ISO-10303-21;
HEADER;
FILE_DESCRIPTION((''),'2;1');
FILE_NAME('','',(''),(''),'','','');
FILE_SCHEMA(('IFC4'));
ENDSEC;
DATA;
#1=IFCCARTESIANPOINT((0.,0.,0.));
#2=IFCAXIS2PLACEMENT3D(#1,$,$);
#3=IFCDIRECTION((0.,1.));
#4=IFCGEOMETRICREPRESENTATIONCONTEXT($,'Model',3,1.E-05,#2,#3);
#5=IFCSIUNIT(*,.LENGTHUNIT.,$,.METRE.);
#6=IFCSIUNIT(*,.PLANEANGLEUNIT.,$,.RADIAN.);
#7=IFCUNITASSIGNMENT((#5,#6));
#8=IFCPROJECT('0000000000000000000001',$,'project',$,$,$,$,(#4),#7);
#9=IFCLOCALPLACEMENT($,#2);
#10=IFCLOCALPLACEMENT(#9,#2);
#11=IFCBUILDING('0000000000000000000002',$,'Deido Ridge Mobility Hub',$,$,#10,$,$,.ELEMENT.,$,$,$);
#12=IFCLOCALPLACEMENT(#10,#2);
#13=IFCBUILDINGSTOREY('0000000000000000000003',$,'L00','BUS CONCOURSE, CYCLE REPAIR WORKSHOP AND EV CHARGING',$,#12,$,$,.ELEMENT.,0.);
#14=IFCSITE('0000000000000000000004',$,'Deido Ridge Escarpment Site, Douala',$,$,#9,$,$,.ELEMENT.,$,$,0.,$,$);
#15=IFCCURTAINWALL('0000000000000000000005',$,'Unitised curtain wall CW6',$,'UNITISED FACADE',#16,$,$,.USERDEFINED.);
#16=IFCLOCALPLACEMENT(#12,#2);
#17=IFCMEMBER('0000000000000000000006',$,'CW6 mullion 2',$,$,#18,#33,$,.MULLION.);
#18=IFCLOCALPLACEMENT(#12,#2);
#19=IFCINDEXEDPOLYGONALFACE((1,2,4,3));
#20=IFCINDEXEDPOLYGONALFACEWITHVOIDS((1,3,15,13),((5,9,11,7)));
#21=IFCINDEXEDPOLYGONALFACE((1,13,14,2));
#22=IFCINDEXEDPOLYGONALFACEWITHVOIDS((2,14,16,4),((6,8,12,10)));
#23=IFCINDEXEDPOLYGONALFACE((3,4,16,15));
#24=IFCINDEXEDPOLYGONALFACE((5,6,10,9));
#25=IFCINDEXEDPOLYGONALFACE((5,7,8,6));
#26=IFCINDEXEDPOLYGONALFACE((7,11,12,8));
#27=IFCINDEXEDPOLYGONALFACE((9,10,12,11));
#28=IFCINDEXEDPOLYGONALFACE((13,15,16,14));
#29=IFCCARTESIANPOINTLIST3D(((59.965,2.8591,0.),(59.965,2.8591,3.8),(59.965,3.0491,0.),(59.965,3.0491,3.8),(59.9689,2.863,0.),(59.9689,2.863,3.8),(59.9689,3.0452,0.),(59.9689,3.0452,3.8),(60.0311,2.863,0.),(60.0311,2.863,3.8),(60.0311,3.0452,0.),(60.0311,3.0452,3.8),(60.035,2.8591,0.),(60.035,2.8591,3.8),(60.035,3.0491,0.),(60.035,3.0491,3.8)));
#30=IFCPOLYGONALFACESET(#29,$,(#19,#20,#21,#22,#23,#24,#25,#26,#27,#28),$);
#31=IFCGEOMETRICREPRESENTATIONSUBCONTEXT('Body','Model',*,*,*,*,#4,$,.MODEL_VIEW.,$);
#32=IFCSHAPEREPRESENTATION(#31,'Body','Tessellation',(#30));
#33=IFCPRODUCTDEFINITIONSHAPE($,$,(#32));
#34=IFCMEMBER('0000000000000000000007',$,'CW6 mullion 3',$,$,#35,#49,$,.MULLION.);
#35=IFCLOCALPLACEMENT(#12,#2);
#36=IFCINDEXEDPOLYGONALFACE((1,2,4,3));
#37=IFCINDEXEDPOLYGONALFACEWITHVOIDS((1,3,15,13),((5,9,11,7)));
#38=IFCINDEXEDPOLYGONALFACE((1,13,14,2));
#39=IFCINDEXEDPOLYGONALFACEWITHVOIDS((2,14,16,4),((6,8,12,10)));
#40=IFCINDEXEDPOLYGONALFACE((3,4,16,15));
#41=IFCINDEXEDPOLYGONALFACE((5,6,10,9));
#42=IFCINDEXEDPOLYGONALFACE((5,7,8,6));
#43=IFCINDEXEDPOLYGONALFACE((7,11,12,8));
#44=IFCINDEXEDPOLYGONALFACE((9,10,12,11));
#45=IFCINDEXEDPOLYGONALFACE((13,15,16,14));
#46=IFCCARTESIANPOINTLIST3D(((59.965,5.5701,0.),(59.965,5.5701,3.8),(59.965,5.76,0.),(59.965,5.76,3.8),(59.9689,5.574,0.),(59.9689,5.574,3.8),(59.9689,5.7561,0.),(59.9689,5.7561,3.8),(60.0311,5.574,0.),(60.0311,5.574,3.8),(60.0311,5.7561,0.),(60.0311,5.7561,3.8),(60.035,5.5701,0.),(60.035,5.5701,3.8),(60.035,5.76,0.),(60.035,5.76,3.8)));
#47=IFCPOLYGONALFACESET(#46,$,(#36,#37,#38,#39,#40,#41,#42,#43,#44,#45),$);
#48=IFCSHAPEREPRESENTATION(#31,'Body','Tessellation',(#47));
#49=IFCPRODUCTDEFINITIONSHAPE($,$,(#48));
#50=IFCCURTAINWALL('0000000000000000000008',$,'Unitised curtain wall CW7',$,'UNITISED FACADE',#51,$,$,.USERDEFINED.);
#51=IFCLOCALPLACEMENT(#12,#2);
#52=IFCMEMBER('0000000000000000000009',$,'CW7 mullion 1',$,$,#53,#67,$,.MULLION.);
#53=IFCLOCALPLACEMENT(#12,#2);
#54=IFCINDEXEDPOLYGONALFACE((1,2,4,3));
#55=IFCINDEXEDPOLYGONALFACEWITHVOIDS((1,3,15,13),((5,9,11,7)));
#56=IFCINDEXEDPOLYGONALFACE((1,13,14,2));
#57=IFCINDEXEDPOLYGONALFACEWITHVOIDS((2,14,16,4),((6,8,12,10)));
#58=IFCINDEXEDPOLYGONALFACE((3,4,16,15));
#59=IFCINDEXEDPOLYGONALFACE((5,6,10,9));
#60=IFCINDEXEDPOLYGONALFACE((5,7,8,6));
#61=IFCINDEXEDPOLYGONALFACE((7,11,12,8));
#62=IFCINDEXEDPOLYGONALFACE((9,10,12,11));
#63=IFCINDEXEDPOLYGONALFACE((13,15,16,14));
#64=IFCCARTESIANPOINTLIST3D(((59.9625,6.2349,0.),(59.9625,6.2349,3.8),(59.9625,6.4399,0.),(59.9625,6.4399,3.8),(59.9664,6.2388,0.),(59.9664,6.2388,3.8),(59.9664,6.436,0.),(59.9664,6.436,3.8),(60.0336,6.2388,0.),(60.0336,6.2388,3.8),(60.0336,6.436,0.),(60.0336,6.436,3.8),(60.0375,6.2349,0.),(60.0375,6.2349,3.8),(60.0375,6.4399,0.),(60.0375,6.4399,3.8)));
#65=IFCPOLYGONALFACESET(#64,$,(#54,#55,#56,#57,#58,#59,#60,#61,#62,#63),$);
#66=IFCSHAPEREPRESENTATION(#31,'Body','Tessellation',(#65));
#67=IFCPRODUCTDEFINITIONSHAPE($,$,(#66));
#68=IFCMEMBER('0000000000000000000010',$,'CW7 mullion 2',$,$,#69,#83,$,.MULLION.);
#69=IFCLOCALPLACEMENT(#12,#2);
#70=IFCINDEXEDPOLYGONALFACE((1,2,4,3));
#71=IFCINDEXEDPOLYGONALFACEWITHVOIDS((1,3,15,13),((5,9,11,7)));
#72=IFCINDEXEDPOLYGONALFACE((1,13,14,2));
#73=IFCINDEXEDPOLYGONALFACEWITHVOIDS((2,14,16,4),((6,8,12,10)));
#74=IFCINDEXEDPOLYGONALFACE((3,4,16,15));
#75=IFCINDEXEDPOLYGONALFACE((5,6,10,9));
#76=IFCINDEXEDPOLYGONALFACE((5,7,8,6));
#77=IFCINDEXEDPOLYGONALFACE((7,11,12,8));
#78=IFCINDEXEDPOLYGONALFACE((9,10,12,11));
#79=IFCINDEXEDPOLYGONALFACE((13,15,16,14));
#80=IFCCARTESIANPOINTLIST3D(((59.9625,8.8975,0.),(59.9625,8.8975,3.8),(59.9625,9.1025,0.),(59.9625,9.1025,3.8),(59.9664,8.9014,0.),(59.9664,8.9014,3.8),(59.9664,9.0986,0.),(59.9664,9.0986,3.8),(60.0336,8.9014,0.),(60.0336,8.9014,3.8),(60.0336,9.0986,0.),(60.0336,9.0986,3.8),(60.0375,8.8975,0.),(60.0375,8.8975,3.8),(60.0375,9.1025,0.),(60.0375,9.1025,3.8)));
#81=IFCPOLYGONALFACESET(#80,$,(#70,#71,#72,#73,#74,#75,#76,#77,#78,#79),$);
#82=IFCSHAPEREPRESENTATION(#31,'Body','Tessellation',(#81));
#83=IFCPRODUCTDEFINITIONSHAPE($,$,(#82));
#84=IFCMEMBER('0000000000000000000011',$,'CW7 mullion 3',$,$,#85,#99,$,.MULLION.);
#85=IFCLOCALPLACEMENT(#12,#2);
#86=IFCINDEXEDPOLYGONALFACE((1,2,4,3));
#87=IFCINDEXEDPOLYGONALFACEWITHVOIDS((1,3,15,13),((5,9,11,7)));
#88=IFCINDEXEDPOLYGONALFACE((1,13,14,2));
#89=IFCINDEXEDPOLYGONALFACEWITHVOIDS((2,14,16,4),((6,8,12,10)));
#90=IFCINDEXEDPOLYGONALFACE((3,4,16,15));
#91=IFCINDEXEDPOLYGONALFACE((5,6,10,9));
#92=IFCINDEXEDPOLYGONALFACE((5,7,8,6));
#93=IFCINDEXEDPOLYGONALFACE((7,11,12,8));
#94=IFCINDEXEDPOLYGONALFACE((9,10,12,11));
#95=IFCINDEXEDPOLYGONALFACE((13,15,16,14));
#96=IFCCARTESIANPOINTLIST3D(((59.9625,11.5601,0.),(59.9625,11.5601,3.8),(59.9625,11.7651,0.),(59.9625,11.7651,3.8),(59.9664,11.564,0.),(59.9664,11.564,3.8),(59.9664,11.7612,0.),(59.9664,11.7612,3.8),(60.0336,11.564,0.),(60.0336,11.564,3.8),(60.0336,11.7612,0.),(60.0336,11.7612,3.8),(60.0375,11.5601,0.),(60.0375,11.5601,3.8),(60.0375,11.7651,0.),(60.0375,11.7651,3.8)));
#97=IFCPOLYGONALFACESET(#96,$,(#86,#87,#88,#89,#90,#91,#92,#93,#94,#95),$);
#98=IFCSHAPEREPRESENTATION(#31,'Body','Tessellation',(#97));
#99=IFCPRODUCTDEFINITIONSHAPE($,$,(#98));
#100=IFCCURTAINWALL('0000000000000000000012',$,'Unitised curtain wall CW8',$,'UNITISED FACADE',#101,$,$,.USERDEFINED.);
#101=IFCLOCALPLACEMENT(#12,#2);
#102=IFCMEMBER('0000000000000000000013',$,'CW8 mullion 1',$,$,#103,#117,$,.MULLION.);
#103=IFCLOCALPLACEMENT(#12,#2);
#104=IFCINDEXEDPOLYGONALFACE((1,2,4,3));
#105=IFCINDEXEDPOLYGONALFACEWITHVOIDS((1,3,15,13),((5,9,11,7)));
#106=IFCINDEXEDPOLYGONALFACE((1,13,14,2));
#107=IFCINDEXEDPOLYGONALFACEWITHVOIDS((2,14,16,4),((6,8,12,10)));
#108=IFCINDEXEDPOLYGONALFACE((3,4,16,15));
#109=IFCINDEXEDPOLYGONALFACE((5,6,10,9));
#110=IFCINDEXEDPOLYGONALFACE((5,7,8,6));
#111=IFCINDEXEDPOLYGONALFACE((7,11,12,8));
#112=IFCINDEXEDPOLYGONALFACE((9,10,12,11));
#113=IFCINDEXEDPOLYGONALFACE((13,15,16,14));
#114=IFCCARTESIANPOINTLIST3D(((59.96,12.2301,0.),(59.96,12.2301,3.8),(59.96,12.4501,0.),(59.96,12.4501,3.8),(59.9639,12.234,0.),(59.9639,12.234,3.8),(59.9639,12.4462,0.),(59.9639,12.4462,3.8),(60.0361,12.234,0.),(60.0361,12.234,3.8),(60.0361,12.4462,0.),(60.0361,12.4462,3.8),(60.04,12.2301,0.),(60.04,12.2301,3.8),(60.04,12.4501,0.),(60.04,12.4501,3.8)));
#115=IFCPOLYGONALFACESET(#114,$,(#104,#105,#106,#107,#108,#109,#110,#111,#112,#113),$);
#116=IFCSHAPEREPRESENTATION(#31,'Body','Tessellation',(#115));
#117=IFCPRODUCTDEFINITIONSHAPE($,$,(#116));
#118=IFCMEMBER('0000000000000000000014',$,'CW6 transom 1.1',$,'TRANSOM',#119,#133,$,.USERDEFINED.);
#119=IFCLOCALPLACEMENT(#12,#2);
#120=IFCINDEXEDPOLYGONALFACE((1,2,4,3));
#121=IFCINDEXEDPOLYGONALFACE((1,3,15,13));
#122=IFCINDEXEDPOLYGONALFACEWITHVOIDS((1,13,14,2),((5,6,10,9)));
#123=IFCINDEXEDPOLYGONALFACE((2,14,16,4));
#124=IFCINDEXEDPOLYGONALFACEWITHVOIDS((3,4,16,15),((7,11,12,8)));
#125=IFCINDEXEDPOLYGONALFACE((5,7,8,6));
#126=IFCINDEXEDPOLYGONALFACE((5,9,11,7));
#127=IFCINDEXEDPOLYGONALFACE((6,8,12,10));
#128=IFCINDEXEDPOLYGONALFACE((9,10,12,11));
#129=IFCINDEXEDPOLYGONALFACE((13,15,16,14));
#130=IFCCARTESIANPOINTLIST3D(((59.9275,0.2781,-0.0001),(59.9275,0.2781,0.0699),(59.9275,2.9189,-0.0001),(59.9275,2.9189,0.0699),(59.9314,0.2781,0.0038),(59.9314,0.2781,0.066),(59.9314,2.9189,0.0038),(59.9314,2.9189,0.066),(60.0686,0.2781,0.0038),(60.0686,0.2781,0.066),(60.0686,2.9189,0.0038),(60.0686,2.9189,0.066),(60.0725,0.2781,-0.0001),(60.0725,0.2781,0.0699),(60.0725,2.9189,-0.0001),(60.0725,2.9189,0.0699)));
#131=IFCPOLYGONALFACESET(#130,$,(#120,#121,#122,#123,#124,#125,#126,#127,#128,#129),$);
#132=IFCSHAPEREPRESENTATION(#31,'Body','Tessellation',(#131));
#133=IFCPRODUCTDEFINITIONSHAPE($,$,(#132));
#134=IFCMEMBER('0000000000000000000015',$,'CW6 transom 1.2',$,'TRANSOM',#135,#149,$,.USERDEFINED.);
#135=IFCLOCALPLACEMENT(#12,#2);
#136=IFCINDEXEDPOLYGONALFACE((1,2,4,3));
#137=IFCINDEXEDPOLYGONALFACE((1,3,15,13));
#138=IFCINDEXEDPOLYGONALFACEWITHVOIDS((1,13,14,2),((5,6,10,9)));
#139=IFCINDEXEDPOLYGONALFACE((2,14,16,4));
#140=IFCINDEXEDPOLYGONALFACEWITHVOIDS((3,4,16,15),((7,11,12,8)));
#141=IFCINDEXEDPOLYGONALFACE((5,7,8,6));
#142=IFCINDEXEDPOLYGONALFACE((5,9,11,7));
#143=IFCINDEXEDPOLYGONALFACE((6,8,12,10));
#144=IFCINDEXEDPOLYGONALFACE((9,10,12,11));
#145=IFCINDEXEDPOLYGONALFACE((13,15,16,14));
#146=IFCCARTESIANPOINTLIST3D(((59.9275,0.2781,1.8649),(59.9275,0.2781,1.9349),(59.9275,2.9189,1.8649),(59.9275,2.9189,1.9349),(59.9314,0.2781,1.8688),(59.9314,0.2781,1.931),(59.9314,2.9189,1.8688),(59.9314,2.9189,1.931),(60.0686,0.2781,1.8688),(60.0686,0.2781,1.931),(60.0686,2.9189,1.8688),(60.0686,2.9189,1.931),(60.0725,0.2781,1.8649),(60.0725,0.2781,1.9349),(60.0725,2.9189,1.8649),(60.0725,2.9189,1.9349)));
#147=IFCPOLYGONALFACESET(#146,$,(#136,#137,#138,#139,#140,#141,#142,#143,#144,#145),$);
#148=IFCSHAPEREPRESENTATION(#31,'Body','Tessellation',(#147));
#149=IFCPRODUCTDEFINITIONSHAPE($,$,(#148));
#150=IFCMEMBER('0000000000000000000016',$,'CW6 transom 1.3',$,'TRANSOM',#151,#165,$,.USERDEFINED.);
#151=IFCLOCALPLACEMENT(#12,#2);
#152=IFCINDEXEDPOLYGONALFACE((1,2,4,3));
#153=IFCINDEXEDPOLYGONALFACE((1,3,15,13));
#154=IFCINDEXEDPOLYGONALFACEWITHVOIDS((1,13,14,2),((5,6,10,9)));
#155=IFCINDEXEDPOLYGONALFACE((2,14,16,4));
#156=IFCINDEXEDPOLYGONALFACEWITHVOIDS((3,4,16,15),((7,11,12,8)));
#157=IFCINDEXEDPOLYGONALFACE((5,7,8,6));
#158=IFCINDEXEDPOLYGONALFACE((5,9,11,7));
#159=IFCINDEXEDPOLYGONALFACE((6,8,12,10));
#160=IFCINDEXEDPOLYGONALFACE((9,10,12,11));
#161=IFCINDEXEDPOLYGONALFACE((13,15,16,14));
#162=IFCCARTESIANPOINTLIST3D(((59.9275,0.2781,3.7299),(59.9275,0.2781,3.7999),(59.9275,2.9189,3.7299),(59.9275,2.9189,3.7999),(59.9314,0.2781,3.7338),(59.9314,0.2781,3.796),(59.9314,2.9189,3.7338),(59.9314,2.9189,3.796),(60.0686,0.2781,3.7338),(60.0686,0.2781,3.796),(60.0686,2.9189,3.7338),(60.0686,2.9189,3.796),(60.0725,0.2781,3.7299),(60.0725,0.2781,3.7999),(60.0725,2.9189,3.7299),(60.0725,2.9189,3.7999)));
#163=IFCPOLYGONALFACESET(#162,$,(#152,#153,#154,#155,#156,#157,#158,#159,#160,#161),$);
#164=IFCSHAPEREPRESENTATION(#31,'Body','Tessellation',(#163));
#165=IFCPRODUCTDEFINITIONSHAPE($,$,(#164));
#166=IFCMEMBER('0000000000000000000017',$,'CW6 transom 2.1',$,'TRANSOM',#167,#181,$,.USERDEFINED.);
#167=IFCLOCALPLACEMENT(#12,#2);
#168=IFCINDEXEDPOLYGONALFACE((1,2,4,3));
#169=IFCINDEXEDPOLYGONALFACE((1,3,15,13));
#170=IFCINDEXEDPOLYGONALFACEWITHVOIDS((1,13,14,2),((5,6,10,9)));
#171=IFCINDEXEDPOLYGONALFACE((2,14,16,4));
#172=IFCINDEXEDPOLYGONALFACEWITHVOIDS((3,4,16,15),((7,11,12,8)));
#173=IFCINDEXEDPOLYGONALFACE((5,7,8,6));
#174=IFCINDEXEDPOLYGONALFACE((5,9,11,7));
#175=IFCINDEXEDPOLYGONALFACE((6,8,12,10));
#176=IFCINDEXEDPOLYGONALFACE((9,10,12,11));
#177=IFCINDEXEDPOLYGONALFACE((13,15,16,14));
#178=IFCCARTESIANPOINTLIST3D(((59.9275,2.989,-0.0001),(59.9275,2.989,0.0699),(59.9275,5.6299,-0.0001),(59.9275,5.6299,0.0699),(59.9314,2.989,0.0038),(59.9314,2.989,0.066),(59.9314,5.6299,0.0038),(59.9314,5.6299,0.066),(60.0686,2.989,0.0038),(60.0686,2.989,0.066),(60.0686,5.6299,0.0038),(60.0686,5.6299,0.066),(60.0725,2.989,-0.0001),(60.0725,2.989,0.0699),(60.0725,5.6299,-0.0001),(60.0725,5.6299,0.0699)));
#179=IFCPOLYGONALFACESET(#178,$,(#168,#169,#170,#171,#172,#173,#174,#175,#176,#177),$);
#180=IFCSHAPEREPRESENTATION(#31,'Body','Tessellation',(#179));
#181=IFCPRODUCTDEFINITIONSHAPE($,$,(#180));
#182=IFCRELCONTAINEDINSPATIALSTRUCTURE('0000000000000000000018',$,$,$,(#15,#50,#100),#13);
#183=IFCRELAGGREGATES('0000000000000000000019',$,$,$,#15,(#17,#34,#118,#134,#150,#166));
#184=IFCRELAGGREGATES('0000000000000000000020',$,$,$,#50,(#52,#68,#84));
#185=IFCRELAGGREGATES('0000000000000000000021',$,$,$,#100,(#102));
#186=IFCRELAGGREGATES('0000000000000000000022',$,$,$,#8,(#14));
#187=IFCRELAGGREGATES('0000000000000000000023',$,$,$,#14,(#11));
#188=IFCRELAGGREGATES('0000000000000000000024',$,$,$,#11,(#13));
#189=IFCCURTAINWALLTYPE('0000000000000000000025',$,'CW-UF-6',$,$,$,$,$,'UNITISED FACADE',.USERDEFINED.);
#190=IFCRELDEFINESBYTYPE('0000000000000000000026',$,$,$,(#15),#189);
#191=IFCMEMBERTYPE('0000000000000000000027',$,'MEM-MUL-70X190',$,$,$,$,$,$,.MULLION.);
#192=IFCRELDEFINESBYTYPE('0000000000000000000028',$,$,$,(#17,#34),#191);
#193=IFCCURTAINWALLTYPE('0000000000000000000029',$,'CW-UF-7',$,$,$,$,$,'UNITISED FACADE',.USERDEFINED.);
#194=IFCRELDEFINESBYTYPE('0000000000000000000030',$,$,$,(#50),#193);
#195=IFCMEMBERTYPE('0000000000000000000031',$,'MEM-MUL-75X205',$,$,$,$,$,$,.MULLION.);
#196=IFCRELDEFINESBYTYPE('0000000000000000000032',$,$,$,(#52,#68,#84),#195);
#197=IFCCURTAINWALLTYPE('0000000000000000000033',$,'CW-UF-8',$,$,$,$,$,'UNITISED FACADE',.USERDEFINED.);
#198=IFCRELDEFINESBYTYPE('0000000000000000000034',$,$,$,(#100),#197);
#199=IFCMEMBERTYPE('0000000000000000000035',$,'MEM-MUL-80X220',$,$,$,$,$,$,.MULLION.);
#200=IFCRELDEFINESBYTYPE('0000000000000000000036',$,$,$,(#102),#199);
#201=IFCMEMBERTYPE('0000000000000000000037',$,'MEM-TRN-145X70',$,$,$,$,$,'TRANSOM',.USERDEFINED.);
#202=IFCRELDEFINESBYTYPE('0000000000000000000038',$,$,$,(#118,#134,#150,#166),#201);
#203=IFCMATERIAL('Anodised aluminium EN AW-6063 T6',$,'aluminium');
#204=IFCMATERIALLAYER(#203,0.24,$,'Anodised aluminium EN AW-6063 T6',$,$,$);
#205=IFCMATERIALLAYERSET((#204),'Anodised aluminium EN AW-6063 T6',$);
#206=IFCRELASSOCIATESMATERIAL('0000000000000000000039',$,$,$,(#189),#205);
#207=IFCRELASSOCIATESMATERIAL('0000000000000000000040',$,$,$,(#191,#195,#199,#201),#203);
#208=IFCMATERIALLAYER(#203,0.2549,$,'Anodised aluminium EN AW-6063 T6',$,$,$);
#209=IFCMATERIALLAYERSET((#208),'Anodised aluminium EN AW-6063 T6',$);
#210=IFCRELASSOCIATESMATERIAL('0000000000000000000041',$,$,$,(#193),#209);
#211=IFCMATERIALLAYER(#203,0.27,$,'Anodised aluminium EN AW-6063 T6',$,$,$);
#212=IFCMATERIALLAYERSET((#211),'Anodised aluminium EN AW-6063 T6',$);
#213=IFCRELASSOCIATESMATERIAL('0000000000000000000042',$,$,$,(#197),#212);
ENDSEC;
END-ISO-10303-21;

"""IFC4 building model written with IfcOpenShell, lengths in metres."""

from ifc_helpers import new_model, si_unit, direction, frame, origin, origin_2d, place, context, subcontext, project, spatial, hollow_rectangle, extrude, material, layer, layer_set, material_profile, profile_set, type_object, element, aggregate, save


model = new_model("IFC4")

# Units and contexts
model_context = context("Model", 3, precision=1e-05, world=origin(), true_north=direction((0.0, 1.0)))
body_context = subcontext(model_context, "Body", "Model", "MODEL_VIEW")
ifc_project = project(units=[si_unit("LENGTHUNIT", "METRE"), si_unit("PLANEANGLEUNIT", "RADIAN")], contexts=[model_context])

# Site, building, storey
site_placement = place(None, origin())
site = spatial("IfcSite", under=ifc_project, at=site_placement, Name="Deido Ridge Escarpment Site, Douala", CompositionType="ELEMENT", RefElevation=0.0)
building_placement = place(site_placement, origin())
building = spatial("IfcBuilding", under=site, at=building_placement, Name="Deido Ridge Mobility Hub", CompositionType="ELEMENT")
storey_placement = place(building_placement, origin())
storey = spatial("IfcBuildingStorey", under=building, at=storey_placement, Name="L00", Description="BUS CONCOURSE, CYCLE REPAIR WORKSHOP AND EV CHARGING", CompositionType="ELEMENT", Elevation=0.0)

# Shared definitions
ifc_material_1 = material(Name="Anodised aluminium EN AW-6063 T6", Category="aluminium")

# Curtain walls, members
ifc_layer_1 = layer(ifc_material_1, 0.24, Name="Anodised aluminium EN AW-6063 T6")
ifc_layer_set_1 = layer_set([ifc_layer_1], Name="Anodised aluminium EN AW-6063 T6")
curtain_wall_type_1 = type_object("IfcCurtainWallType", Name="CW-UF-6", ElementType="UNITISED FACADE", PredefinedType="USERDEFINED", material=ifc_layer_set_1)
curtain_wall_1_placement = place(storey_placement, origin())
curtain_wall_1 = element("IfcCurtainWall", 1, at=curtain_wall_1_placement, inside=storey, type_object=curtain_wall_type_1, Name="Unitised curtain wall CW6", ObjectType="UNITISED FACADE", PredefinedType="USERDEFINED")
ifc_material_profile_1 = material_profile(ifc_material_1, hollow_rectangle(XDim=0.0701, YDim=0.1899, WallThickness=0.0039, at=origin_2d()), Name="RHS 70x190x4")
ifc_profile_set_1 = profile_set([ifc_material_profile_1], Name="Anodised aluminium EN AW-6063 T6")
member_type_1 = type_object("IfcMemberType", Name="MEM-MUL-70X190", PredefinedType="MULLION", material=ifc_profile_set_1)
member_1_placement = place(storey_placement, frame((60.0, 2.9541, 0.0), z_axis=(0.0, 0.0, 1.0), x_axis=(-1.0, 0.0, 0.0)))
member_1 = element("IfcMember", 2, at=member_1_placement, type_object=member_type_1, Name="CW6 mullion 2", PredefinedType="MULLION", context=body_context, shape_type="SweptSolid", body=[
    extrude(hollow_rectangle(XDim=0.0701, YDim=0.1899, WallThickness=0.0039, at=origin_2d()), origin(), (0.0, 0.0, 1.0), 3.8),
])
member_2_placement = place(storey_placement, frame((60.0, 5.665, 0.0), z_axis=(0.0, 0.0, 1.0), x_axis=(-1.0, 0.0, 0.0)))
member_2 = element("IfcMember", 3, at=member_2_placement, type_object=member_type_1, Name="CW6 mullion 3", PredefinedType="MULLION", context=body_context, shape_type="SweptSolid", body=[
    extrude(hollow_rectangle(XDim=0.0701, YDim=0.1899, WallThickness=0.0039, at=origin_2d()), origin(), (0.0, 0.0, 1.0), 3.8),
])
ifc_layer_2 = layer(ifc_material_1, 0.2549, Name="Anodised aluminium EN AW-6063 T6")
ifc_layer_set_2 = layer_set([ifc_layer_2], Name="Anodised aluminium EN AW-6063 T6")
curtain_wall_type_2 = type_object("IfcCurtainWallType", Name="CW-UF-7", ElementType="UNITISED FACADE", PredefinedType="USERDEFINED", material=ifc_layer_set_2)
curtain_wall_2_placement = place(storey_placement, origin())
curtain_wall_2 = element("IfcCurtainWall", 4, at=curtain_wall_2_placement, inside=storey, type_object=curtain_wall_type_2, Name="Unitised curtain wall CW7", ObjectType="UNITISED FACADE", PredefinedType="USERDEFINED")
ifc_material_profile_2 = material_profile(ifc_material_1, hollow_rectangle(XDim=0.075, YDim=0.2051, WallThickness=0.0039, at=origin_2d()), Name="RHS 75x205x4")
ifc_profile_set_2 = profile_set([ifc_material_profile_2], Name="Anodised aluminium EN AW-6063 T6")
member_type_2 = type_object("IfcMemberType", Name="MEM-MUL-75X205", PredefinedType="MULLION", material=ifc_profile_set_2)
member_3_placement = place(storey_placement, frame((60.0, 6.3374, 0.0), z_axis=(0.0, 0.0, 1.0), x_axis=(-1.0, 0.0, 0.0)))
member_3 = element("IfcMember", 5, at=member_3_placement, type_object=member_type_2, Name="CW7 mullion 1", PredefinedType="MULLION", context=body_context, shape_type="SweptSolid", body=[
    extrude(hollow_rectangle(XDim=0.075, YDim=0.2051, WallThickness=0.0039, at=origin_2d()), origin(), (0.0, 0.0, 1.0), 3.8),
])
member_4_placement = place(storey_placement, frame((60.0, 9.0, 0.0), z_axis=(0.0, 0.0, 1.0), x_axis=(-1.0, 0.0, 0.0)))
member_4 = element("IfcMember", 6, at=member_4_placement, type_object=member_type_2, Name="CW7 mullion 2", PredefinedType="MULLION", context=body_context, shape_type="SweptSolid", body=[
    extrude(hollow_rectangle(XDim=0.075, YDim=0.2051, WallThickness=0.0039, at=origin_2d()), origin(), (0.0, 0.0, 1.0), 3.8),
])
member_5_placement = place(storey_placement, frame((60.0, 11.6626, 0.0), z_axis=(0.0, 0.0, 1.0), x_axis=(-1.0, 0.0, 0.0)))
member_5 = element("IfcMember", 7, at=member_5_placement, type_object=member_type_2, Name="CW7 mullion 3", PredefinedType="MULLION", context=body_context, shape_type="SweptSolid", body=[
    extrude(hollow_rectangle(XDim=0.075, YDim=0.2051, WallThickness=0.0039, at=origin_2d()), origin(), (0.0, 0.0, 1.0), 3.8),
])

# Curtain wall, member
ifc_layer_3 = layer(ifc_material_1, 0.27, Name="Anodised aluminium EN AW-6063 T6")
ifc_layer_set_3 = layer_set([ifc_layer_3], Name="Anodised aluminium EN AW-6063 T6")
curtain_wall_type_3 = type_object("IfcCurtainWallType", Name="CW-UF-8", ElementType="UNITISED FACADE", PredefinedType="USERDEFINED", material=ifc_layer_set_3)
curtain_wall_3_placement = place(storey_placement, origin())
curtain_wall_3 = element("IfcCurtainWall", 8, at=curtain_wall_3_placement, inside=storey, type_object=curtain_wall_type_3, Name="Unitised curtain wall CW8", ObjectType="UNITISED FACADE", PredefinedType="USERDEFINED")
ifc_material_profile_3 = material_profile(ifc_material_1, hollow_rectangle(XDim=0.0801, YDim=0.22, WallThickness=0.0039, at=origin_2d()), Name="RHS 80x220x4")
ifc_profile_set_3 = profile_set([ifc_material_profile_3], Name="Anodised aluminium EN AW-6063 T6")
member_type_3 = type_object("IfcMemberType", Name="MEM-MUL-80X220", PredefinedType="MULLION", material=ifc_profile_set_3)
member_6_placement = place(storey_placement, frame((60.0, 12.3401, 0.0), z_axis=(0.0, 0.0, 1.0), x_axis=(-1.0, 0.0, 0.0)))
member_6 = element("IfcMember", 9, at=member_6_placement, type_object=member_type_3, Name="CW8 mullion 1", PredefinedType="MULLION", context=body_context, shape_type="SweptSolid", body=[
    extrude(hollow_rectangle(XDim=0.0801, YDim=0.22, WallThickness=0.0039, at=origin_2d()), origin(), (0.0, 0.0, 1.0), 3.8),
])

# Members
ifc_material_profile_4 = material_profile(ifc_material_1, hollow_rectangle(XDim=0.145, YDim=0.0701, WallThickness=0.0039, at=origin_2d()), Name="RHS 145x70x4")
ifc_profile_set_4 = profile_set([ifc_material_profile_4], Name="Anodised aluminium EN AW-6063 T6")
member_type_4 = type_object("IfcMemberType", Name="MEM-TRN-145X70", ElementType="TRANSOM", PredefinedType="USERDEFINED", material=ifc_profile_set_4)
member_7_placement = place(storey_placement, frame((60.0, 0.2781, 0.0349), z_axis=(0.0, 1.0, 0.0), x_axis=(-1.0, 0.0, 0.0)))
member_7 = element("IfcMember", 10, at=member_7_placement, type_object=member_type_4, Name="CW6 transom 1.1", ObjectType="TRANSOM", PredefinedType="USERDEFINED", context=body_context, shape_type="SweptSolid", body=[
    extrude(hollow_rectangle(XDim=0.145, YDim=0.0701, WallThickness=0.0039, at=origin_2d()), origin(), (0.0, 0.0, 1.0), 2.6409),
])
member_8_placement = place(storey_placement, frame((60.0, 0.2781, 1.8999), z_axis=(0.0, 1.0, 0.0), x_axis=(-1.0, 0.0, 0.0)))
member_8 = element("IfcMember", 11, at=member_8_placement, type_object=member_type_4, Name="CW6 transom 1.2", ObjectType="TRANSOM", PredefinedType="USERDEFINED", context=body_context, shape_type="SweptSolid", body=[
    extrude(hollow_rectangle(XDim=0.145, YDim=0.0701, WallThickness=0.0039, at=origin_2d()), origin(), (0.0, 0.0, 1.0), 2.6409),
])
member_9_placement = place(storey_placement, frame((60.0, 0.2781, 3.7649), z_axis=(0.0, 1.0, 0.0), x_axis=(-1.0, 0.0, 0.0)))
member_9 = element("IfcMember", 12, at=member_9_placement, type_object=member_type_4, Name="CW6 transom 1.3", ObjectType="TRANSOM", PredefinedType="USERDEFINED", context=body_context, shape_type="SweptSolid", body=[
    extrude(hollow_rectangle(XDim=0.145, YDim=0.0701, WallThickness=0.0039, at=origin_2d()), origin(), (0.0, 0.0, 1.0), 2.6409),
])
member_10_placement = place(storey_placement, frame((60.0, 2.989, 0.0349), z_axis=(0.0, 1.0, 0.0), x_axis=(-1.0, 0.0, 0.0)))
member_10 = element("IfcMember", 13, at=member_10_placement, type_object=member_type_4, Name="CW6 transom 2.1", ObjectType="TRANSOM", PredefinedType="USERDEFINED", context=body_context, shape_type="SweptSolid", body=[
    extrude(hollow_rectangle(XDim=0.145, YDim=0.0701, WallThickness=0.0039, at=origin_2d()), origin(), (0.0, 0.0, 1.0), 2.6409),
])

aggregate(curtain_wall_1, [member_1, member_2, member_7, member_8, member_9, member_10])
aggregate(curtain_wall_2, [member_3, member_4, member_5])
aggregate(curtain_wall_3, [member_6])

save(model, "model.ifc")
